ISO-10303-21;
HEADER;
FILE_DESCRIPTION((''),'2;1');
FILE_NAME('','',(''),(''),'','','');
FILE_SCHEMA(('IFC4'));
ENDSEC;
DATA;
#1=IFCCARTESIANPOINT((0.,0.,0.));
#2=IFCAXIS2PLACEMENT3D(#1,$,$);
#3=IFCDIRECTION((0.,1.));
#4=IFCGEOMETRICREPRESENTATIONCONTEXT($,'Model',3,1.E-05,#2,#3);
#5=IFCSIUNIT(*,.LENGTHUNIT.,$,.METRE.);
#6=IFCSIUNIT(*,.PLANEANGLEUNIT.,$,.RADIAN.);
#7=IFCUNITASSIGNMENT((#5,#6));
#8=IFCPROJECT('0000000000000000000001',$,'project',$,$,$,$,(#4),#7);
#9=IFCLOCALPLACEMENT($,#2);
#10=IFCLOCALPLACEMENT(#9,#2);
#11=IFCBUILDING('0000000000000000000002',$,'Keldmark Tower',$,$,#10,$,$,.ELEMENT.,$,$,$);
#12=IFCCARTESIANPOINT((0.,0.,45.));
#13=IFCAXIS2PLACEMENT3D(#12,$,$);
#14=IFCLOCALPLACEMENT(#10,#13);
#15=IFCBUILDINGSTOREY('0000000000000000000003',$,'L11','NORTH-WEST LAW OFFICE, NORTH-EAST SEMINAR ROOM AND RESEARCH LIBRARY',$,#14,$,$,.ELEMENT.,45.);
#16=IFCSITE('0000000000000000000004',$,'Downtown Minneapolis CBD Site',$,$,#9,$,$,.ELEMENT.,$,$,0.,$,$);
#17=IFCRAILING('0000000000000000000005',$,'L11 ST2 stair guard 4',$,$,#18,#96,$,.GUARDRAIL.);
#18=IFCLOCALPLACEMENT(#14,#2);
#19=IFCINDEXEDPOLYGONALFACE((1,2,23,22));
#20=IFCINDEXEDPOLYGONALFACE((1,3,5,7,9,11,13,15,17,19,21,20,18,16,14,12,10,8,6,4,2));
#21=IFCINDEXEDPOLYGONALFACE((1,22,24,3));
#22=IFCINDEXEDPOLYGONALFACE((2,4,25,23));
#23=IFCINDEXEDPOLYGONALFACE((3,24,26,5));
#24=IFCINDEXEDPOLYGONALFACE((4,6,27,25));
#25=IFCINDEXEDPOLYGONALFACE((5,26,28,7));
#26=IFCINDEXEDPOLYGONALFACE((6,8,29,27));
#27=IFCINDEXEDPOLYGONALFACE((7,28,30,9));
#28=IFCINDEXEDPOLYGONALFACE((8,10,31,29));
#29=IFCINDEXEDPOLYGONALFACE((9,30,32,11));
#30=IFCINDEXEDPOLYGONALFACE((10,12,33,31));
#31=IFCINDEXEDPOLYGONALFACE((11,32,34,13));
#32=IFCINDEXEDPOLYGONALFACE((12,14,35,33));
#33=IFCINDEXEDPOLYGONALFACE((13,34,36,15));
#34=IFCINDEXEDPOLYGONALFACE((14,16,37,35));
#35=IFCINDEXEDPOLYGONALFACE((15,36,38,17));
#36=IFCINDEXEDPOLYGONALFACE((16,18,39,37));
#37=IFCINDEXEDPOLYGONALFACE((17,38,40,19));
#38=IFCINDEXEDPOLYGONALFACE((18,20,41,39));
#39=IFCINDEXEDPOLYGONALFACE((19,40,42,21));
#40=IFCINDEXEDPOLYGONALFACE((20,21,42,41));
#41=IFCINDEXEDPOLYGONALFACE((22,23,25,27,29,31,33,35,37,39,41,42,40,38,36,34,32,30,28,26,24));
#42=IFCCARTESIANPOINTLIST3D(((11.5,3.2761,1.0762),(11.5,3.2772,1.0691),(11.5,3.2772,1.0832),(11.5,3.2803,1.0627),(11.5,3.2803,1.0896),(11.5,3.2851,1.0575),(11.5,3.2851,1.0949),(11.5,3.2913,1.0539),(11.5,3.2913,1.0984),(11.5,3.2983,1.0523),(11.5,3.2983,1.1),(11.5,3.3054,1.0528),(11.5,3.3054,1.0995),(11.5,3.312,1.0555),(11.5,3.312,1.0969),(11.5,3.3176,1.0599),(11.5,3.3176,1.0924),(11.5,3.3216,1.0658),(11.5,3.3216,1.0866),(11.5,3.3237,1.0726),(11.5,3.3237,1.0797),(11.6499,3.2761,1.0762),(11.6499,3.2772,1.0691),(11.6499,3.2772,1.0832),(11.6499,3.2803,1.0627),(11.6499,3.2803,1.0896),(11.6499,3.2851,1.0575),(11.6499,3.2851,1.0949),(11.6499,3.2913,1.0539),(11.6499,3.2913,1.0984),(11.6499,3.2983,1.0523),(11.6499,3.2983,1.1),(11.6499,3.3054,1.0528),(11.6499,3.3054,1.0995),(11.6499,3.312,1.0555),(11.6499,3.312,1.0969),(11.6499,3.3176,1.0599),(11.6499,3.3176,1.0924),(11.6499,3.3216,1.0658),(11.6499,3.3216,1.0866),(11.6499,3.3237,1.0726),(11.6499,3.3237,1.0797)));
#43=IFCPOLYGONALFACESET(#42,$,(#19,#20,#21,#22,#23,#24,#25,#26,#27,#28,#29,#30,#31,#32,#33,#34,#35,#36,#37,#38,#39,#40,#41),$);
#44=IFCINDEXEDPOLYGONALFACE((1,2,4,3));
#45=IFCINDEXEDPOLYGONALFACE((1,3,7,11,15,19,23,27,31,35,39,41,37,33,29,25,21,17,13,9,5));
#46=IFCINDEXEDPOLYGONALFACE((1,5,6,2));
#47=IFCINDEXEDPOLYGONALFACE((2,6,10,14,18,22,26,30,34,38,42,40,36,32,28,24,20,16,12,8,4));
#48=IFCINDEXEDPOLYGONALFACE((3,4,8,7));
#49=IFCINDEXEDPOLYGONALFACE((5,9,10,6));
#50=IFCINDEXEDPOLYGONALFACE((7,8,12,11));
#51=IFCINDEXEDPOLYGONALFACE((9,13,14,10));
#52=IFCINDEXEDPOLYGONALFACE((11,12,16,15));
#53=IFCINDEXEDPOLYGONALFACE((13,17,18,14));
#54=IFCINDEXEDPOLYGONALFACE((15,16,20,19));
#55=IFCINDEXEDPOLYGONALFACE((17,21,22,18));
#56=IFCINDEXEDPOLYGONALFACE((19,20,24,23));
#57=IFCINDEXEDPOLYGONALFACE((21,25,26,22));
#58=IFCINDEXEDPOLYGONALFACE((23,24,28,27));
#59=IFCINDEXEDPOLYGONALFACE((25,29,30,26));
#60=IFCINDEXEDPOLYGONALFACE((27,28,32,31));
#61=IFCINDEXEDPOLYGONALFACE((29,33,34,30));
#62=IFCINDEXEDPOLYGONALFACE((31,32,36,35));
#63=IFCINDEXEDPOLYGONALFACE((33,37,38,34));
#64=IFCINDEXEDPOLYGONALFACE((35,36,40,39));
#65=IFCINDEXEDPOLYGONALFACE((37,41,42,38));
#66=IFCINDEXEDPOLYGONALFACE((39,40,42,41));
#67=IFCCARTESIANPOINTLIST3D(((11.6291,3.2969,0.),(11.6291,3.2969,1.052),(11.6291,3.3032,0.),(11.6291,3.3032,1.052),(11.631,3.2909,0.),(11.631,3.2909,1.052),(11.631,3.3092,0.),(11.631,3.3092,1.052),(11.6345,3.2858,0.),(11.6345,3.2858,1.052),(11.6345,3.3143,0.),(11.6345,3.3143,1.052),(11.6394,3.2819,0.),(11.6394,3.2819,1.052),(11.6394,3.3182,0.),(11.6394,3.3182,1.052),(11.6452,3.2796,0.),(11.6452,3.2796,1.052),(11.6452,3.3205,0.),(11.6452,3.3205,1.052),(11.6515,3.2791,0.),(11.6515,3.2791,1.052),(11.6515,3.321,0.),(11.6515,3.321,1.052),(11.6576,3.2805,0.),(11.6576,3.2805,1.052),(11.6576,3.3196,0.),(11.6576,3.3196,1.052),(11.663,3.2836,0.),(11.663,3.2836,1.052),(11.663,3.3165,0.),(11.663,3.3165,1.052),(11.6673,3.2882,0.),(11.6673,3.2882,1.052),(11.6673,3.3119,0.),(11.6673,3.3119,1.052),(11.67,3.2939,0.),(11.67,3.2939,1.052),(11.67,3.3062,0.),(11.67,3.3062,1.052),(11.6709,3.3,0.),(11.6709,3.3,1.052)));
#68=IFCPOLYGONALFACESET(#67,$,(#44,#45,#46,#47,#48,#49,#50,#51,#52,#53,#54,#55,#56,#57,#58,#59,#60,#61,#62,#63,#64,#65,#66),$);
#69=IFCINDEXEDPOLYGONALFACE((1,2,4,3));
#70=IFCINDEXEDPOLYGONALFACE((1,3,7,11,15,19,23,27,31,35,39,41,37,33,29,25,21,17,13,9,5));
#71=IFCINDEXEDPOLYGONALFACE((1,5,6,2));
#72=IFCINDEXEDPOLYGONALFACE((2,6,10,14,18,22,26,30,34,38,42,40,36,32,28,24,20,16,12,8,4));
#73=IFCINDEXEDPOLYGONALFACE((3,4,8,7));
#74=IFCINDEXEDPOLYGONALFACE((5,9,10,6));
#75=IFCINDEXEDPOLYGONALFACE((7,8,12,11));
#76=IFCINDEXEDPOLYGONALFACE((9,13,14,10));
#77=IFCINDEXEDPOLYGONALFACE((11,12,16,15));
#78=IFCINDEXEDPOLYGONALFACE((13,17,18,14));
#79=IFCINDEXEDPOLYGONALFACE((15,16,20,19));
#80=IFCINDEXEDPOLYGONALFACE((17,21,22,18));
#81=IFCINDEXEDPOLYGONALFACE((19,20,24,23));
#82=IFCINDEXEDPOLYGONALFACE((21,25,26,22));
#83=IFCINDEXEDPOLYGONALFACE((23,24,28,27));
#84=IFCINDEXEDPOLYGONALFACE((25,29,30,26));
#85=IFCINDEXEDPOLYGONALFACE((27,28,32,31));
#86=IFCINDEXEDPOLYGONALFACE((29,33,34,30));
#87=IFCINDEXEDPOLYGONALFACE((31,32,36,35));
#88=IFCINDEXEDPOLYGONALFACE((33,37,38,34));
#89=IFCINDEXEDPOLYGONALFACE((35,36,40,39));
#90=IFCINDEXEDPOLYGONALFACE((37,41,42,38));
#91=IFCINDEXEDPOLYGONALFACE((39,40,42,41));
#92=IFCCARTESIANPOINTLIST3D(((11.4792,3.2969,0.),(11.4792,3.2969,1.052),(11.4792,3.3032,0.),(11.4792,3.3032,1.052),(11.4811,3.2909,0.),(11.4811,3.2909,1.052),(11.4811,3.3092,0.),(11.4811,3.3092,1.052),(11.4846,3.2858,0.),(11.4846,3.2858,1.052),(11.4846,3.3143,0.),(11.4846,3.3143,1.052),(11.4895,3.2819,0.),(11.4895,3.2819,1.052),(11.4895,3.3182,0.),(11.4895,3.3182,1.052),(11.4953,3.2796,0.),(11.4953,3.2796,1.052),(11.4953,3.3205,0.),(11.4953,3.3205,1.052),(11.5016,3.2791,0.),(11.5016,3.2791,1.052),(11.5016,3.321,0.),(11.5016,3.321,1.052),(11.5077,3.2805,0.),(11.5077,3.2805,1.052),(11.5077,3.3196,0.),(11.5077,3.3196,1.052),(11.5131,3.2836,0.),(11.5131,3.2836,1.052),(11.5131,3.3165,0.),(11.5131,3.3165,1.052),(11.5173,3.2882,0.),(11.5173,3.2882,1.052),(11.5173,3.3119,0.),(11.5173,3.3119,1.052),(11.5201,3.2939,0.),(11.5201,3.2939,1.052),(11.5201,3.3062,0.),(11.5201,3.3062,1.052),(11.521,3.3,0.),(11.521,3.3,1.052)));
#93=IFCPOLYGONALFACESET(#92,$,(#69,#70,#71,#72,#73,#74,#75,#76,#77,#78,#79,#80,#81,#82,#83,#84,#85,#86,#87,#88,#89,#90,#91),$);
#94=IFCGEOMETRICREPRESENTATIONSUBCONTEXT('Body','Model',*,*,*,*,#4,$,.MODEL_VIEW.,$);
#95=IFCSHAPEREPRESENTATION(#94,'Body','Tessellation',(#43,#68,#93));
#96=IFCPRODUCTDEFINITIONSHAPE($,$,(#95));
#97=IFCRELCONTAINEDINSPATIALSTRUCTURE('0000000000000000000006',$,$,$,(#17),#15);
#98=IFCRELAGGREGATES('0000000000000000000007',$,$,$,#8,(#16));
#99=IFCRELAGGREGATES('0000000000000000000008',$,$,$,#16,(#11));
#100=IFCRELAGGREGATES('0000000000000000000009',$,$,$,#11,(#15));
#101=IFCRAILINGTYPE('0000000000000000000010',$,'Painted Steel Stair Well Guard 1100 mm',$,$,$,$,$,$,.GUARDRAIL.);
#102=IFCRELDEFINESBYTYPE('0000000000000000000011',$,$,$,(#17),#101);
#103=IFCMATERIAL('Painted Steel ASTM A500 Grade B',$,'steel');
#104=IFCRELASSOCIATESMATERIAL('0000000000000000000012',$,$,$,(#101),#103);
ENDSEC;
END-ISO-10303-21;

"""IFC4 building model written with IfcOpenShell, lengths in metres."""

from ifc_helpers import new_model, si_unit, direction, frame, origin, origin_2d, place, context, subcontext, project, spatial, circle, extrude, material, type_object, element, save


model = new_model("IFC4")

# Units and contexts
model_context = context("Model", 3, precision=1e-05, world=origin(), true_north=direction((0.0, 1.0)))
body_context = subcontext(model_context, "Body", "Model", "MODEL_VIEW")
ifc_project = project(units=[si_unit("LENGTHUNIT", "METRE"), si_unit("PLANEANGLEUNIT", "RADIAN")], contexts=[model_context])

# Site, building, storey
site_placement = place(None, origin())
site = spatial("IfcSite", under=ifc_project, at=site_placement, Name="Downtown Minneapolis CBD Site", CompositionType="ELEMENT", RefElevation=0.0)
building_placement = place(site_placement, origin())
building = spatial("IfcBuilding", under=site, at=building_placement, Name="Keldmark Tower", CompositionType="ELEMENT")
storey_placement = place(building_placement, frame((0.0, 0.0, 45.0)))
storey = spatial("IfcBuildingStorey", under=building, at=storey_placement, Name="L11", Description="NORTH-WEST LAW OFFICE, NORTH-EAST SEMINAR ROOM AND RESEARCH LIBRARY", CompositionType="ELEMENT", Elevation=45.0)

# Railing
ifc_material_1 = material(Name="Painted Steel ASTM A500 Grade B", Category="steel")
railing_type_1 = type_object("IfcRailingType", Name="Painted Steel Stair Well Guard 1100 mm", PredefinedType="GUARDRAIL", material=ifc_material_1)
railing_1_placement = place(storey_placement, frame((11.6499, 3.3, 0.0)))
element("IfcRailing", 1, at=railing_1_placement, inside=storey, type_object=railing_type_1, Name="L11 ST2 stair guard 4", PredefinedType="GUARDRAIL", context=body_context, shape_type="SweptSolid", body=[
    extrude(circle(Radius=0.0239, at=origin_2d()), frame((0.0, 0.0, 1.0762), z_axis=(-1.0, 0.0, 0.0), x_axis=(0.0, -1.0, 0.0)), (0.0, 0.0, 1.0), 0.1499),
    extrude(circle(Radius=0.021, at=origin_2d()), origin(), (0.0, 0.0, 1.0), 1.052),
    extrude(circle(Radius=0.021, at=origin_2d()), frame((-0.1499, 0.0, 0.0)), (0.0, 0.0, 1.0), 1.052),
])

save(model, "model.ifc")
